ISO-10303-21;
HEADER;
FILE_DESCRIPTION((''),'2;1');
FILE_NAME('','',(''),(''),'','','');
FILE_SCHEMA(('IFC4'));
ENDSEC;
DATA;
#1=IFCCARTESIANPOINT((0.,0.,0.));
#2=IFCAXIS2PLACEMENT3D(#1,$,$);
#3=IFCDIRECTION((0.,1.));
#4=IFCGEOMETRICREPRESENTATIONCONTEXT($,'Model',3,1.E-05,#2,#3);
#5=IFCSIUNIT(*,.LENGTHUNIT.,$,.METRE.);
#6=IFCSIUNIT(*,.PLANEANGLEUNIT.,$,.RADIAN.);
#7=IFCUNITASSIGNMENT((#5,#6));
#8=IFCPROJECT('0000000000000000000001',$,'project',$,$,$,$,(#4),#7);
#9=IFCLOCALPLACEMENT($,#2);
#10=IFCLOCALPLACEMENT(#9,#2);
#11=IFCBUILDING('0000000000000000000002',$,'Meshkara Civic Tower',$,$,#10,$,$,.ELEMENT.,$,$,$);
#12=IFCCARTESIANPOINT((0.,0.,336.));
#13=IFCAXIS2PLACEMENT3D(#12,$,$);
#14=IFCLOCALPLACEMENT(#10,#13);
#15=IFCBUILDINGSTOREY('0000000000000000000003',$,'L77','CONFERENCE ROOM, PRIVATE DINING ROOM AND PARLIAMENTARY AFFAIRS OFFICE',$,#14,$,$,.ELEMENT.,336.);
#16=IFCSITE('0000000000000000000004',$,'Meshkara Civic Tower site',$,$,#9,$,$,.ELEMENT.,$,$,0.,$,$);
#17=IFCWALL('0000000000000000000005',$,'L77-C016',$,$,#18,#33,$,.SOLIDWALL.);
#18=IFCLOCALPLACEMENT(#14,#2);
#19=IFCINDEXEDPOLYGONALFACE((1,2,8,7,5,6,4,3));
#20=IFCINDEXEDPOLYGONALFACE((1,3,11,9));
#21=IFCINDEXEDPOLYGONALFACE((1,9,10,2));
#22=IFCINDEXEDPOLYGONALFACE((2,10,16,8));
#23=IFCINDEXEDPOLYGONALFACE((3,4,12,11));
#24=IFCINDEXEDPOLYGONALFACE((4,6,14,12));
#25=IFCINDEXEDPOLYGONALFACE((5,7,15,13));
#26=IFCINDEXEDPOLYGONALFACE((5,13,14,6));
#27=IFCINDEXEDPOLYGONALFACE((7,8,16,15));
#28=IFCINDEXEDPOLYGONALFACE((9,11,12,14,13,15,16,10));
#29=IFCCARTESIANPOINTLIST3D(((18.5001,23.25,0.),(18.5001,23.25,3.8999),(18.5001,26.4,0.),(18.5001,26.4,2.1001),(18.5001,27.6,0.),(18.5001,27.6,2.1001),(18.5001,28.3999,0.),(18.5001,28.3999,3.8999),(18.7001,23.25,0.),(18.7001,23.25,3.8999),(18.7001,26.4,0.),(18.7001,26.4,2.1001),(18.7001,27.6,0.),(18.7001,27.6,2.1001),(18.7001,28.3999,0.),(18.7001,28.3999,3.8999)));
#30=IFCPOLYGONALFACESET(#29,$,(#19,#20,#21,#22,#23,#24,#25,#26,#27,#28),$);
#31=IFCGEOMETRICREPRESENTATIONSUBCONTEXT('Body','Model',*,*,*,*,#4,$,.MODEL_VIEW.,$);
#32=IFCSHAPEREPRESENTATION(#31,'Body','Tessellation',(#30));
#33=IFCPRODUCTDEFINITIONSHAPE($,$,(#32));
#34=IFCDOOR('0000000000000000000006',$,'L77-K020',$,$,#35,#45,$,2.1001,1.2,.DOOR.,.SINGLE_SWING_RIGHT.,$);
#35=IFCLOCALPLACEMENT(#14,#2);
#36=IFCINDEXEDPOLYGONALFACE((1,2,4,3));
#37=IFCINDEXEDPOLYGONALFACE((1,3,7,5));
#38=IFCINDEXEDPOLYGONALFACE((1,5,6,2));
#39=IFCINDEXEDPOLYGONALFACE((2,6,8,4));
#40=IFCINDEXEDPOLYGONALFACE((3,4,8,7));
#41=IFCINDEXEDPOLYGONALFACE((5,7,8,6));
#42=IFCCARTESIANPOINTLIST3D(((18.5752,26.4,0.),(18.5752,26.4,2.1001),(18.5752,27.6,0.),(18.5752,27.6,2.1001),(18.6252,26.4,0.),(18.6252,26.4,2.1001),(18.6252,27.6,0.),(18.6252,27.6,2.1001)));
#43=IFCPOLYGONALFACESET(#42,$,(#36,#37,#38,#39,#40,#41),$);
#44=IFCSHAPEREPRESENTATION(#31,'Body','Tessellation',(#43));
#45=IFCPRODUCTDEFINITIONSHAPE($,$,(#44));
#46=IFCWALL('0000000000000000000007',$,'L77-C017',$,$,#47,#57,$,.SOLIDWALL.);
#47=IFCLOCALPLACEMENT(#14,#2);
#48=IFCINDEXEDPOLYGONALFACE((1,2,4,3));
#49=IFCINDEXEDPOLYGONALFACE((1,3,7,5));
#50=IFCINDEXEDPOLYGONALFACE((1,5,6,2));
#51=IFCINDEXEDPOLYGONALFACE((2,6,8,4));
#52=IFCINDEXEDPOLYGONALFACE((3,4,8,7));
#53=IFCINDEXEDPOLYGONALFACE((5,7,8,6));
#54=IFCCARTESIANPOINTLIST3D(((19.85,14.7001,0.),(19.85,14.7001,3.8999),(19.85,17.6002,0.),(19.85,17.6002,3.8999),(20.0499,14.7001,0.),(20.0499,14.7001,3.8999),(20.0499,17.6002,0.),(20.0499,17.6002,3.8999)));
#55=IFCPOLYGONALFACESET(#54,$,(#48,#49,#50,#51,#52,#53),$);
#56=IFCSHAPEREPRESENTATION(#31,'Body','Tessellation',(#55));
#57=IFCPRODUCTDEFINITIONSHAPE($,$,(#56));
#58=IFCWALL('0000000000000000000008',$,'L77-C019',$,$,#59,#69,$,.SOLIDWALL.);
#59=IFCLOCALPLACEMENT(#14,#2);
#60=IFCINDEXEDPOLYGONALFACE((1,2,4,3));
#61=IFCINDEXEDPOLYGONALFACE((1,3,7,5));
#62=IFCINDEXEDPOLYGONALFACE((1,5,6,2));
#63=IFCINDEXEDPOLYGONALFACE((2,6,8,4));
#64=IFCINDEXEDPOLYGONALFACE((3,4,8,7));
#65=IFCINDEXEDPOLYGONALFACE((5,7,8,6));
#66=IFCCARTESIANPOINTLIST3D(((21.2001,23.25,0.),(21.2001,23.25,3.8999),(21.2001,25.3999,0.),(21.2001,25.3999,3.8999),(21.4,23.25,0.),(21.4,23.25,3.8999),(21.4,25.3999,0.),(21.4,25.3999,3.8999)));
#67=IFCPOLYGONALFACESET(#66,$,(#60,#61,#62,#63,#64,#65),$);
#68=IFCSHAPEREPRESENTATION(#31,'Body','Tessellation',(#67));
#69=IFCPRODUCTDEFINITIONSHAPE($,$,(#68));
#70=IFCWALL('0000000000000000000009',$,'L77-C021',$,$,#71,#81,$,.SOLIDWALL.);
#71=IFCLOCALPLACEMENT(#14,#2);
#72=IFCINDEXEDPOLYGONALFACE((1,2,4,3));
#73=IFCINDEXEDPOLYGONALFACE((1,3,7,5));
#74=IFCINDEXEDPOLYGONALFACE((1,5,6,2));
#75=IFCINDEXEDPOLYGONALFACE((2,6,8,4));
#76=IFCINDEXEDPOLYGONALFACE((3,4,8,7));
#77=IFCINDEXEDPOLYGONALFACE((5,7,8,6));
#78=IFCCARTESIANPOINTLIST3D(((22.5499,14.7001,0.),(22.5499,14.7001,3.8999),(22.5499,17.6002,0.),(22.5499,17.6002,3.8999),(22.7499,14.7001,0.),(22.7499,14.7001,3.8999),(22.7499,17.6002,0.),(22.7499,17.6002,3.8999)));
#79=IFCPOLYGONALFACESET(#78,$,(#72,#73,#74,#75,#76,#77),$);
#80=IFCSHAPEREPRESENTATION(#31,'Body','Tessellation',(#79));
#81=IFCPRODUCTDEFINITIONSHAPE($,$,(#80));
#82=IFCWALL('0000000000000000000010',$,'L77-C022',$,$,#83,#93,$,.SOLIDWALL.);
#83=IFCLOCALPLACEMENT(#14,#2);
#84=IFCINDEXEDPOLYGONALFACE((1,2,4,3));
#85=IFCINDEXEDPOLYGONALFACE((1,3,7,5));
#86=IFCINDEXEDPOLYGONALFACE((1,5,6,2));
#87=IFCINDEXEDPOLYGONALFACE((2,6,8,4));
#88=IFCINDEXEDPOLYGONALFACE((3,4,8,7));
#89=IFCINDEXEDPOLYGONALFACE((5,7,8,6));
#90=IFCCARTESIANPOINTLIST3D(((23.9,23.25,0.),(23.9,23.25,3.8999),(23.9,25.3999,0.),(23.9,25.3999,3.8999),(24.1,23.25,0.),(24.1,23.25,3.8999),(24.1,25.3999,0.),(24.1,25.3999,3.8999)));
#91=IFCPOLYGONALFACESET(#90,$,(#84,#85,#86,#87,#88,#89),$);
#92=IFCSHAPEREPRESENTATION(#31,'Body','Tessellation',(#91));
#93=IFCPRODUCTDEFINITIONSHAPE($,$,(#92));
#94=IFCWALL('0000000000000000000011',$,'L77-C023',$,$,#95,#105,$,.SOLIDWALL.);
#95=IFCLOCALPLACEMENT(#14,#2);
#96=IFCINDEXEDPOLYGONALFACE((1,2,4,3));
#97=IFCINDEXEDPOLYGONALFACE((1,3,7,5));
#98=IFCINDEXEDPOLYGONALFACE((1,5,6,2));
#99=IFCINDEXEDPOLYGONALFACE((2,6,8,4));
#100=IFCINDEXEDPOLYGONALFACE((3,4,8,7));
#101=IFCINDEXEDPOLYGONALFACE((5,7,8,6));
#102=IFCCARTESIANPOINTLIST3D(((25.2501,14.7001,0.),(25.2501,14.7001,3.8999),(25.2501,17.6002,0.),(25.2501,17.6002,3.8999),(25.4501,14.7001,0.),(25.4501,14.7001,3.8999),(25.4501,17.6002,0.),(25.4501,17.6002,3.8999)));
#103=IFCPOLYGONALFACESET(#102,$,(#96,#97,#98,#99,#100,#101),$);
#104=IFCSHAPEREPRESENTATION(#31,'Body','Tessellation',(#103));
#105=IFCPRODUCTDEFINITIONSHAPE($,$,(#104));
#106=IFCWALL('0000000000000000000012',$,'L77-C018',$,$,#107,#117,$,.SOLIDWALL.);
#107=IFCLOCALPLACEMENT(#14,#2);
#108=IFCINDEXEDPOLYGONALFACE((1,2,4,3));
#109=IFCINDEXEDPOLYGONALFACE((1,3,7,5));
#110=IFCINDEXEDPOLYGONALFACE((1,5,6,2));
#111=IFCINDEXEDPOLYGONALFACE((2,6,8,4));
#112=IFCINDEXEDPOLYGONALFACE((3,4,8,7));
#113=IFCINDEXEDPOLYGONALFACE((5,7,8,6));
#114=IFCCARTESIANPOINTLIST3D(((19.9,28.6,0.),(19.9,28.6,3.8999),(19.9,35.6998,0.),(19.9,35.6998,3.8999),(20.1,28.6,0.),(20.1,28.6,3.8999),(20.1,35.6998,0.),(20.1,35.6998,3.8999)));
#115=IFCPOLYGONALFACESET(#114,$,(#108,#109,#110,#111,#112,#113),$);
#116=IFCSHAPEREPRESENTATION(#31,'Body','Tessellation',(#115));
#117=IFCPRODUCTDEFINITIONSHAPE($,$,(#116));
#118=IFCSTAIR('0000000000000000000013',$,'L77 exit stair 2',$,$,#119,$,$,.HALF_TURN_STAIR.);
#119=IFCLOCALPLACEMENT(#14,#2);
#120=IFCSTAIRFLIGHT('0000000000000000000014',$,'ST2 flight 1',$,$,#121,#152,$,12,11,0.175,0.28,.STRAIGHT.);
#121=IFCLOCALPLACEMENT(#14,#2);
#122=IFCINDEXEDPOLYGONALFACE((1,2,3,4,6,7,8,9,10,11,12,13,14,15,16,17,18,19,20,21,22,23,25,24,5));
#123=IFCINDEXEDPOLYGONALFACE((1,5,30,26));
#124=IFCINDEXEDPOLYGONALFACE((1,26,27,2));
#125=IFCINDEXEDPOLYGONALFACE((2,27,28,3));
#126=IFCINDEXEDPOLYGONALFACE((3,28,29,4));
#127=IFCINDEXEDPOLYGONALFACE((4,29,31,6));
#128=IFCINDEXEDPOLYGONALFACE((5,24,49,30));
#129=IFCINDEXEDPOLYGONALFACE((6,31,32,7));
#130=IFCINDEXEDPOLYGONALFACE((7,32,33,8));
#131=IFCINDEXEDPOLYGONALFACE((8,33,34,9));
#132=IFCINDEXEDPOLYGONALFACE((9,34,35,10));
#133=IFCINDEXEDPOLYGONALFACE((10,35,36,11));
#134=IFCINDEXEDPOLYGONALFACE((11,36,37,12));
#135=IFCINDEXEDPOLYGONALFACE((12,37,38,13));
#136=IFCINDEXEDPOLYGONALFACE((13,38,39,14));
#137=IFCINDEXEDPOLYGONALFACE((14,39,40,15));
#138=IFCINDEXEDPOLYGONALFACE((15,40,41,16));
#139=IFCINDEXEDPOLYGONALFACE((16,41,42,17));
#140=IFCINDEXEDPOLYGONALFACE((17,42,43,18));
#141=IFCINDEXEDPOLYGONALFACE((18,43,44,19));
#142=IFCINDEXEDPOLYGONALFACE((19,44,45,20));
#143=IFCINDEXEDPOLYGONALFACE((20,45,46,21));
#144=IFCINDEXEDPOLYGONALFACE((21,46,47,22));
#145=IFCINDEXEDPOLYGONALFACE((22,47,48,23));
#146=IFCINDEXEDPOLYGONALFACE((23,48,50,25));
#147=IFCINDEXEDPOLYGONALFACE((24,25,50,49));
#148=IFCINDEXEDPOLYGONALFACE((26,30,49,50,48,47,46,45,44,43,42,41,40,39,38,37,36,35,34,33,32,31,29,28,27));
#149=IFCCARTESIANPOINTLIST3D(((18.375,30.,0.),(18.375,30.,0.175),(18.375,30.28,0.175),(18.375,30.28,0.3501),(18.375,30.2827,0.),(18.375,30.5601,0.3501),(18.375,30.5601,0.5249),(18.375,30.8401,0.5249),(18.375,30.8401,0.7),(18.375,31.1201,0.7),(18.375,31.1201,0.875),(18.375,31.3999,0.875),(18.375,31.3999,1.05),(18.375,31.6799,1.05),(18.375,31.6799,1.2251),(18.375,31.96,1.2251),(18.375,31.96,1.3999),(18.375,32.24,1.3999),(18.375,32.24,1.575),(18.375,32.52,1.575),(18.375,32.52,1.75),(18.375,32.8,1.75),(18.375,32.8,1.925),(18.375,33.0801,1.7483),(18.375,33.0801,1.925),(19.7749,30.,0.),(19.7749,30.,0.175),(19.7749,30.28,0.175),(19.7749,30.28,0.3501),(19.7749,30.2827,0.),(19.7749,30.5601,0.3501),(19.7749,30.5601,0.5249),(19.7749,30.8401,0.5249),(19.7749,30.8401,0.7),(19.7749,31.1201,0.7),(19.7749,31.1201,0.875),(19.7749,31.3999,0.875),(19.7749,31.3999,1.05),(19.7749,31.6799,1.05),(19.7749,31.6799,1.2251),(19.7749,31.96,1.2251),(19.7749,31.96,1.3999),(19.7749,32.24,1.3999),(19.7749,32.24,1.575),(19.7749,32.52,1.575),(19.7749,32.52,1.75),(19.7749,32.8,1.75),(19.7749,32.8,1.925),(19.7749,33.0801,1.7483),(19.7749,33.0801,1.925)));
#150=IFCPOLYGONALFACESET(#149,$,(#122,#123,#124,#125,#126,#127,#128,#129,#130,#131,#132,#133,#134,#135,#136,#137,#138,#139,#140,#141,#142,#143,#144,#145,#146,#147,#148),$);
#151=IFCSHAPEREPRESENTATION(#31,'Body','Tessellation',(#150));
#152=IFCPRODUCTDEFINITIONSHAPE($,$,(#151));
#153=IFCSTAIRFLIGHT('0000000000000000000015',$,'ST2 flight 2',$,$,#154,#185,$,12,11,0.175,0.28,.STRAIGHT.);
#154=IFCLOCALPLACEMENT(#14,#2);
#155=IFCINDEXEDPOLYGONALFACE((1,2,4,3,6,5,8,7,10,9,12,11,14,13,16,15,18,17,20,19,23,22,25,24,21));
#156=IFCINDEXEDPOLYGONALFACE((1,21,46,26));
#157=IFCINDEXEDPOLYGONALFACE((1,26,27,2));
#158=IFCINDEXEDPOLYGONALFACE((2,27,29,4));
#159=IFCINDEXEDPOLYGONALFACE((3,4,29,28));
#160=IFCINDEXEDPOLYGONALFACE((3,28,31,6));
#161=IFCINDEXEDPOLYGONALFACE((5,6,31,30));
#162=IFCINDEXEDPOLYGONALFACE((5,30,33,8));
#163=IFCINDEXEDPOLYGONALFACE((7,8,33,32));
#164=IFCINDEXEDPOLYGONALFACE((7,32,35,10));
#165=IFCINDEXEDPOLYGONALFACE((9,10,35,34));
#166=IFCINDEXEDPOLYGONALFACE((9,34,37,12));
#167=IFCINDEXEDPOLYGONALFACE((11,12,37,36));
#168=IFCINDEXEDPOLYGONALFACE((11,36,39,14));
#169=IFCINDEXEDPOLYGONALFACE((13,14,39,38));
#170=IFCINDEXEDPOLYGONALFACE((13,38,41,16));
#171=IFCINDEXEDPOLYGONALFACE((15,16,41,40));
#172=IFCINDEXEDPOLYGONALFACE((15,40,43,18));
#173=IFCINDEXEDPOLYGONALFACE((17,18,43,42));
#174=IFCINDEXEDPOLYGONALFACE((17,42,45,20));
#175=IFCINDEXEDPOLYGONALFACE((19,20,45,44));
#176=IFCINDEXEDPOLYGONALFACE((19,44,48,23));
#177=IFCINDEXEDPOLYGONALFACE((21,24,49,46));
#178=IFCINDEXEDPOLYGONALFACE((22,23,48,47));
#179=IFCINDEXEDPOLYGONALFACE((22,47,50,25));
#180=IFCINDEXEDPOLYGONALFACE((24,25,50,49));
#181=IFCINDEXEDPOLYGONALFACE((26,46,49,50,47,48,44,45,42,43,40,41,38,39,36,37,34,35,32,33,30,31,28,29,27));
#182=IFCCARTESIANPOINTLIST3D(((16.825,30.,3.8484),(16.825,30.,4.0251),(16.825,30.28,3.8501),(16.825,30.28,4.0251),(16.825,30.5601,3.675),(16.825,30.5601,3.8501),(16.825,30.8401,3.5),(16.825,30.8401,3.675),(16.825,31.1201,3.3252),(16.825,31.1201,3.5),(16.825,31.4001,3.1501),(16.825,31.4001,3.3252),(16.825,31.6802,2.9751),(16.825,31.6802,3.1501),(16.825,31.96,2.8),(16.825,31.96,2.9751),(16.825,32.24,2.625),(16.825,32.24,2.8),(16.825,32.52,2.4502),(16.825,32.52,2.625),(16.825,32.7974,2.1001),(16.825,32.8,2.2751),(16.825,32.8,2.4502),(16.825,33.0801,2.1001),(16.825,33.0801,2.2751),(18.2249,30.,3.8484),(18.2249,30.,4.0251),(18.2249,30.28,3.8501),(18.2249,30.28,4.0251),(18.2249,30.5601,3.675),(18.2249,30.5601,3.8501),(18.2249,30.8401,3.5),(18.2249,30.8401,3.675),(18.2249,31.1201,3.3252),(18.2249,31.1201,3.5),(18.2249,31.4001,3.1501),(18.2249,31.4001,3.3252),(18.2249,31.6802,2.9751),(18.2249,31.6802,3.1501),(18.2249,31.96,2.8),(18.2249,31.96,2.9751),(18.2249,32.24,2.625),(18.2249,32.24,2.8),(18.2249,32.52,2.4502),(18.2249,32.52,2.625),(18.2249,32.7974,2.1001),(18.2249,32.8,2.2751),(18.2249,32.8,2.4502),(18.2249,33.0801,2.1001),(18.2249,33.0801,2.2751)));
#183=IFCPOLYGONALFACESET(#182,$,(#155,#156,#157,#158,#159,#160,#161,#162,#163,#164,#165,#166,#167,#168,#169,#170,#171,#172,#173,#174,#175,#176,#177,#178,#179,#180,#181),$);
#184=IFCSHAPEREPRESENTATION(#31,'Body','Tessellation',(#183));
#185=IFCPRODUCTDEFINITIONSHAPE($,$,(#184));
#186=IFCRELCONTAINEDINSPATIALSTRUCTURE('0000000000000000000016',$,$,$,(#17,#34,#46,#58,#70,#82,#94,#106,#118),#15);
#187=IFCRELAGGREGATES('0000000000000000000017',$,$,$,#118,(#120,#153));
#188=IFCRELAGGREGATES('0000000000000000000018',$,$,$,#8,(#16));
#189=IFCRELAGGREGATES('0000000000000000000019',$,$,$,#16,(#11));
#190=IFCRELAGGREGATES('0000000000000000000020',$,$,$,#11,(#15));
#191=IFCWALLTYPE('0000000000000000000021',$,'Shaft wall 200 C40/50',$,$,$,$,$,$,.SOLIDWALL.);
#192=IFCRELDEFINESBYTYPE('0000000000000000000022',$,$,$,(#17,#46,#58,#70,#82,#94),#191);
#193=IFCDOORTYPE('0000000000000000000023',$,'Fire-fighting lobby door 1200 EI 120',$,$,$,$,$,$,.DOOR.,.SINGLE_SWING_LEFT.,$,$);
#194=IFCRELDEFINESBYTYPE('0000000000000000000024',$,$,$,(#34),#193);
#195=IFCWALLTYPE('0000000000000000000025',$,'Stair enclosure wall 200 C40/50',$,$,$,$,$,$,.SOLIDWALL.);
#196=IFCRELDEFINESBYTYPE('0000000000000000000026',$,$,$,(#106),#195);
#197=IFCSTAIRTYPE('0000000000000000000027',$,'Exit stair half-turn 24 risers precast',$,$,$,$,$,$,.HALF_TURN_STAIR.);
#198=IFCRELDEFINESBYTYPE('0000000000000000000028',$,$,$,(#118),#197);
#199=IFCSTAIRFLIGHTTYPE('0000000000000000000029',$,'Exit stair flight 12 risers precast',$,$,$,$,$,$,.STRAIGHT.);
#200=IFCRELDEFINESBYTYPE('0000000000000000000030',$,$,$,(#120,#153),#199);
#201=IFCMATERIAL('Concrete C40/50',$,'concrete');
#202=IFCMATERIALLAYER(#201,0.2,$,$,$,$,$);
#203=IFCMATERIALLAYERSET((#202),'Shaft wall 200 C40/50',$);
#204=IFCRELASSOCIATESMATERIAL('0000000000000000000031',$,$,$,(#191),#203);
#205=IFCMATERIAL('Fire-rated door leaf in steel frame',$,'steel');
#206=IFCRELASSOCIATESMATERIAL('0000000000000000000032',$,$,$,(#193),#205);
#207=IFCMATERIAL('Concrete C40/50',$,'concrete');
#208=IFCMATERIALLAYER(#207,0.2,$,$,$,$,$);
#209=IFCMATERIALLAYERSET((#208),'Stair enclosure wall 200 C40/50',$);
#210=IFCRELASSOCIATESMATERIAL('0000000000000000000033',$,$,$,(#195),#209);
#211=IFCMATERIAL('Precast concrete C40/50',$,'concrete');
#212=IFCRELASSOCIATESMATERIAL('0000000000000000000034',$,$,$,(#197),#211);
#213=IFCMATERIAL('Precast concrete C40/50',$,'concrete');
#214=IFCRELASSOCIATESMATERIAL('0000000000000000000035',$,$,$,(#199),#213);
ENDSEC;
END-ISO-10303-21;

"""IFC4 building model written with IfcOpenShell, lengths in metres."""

from ifc_helpers import new_model, si_unit, direction, frame, frame_2d, origin, place, context, subcontext, project, spatial, polyline, rectangle, outline, extrude, material, layer, layer_set, type_object, element, fill, aggregate, save


model = new_model("IFC4")

# Units and contexts
model_context = context("Model", 3, precision=1e-05, world=origin(), true_north=direction((0.0, 1.0)))
body_context = subcontext(model_context, "Body", "Model", "MODEL_VIEW")
ifc_project = project(units=[si_unit("LENGTHUNIT", "METRE"), si_unit("PLANEANGLEUNIT", "RADIAN")], contexts=[model_context])

# Site, building, storey
site_placement = place(None, origin())
site = spatial("IfcSite", under=ifc_project, at=site_placement, Name="Meshkara Civic Tower site", CompositionType="ELEMENT", RefElevation=0.0)
building_placement = place(site_placement, origin())
building = spatial("IfcBuilding", under=site, at=building_placement, Name="Meshkara Civic Tower", CompositionType="ELEMENT")
storey_placement = place(building_placement, frame((0.0, 0.0, 336.0)))
storey = spatial("IfcBuildingStorey", under=building, at=storey_placement, Name="L77", Description="CONFERENCE ROOM, PRIVATE DINING ROOM AND PARLIAMENTARY AFFAIRS OFFICE", CompositionType="ELEMENT", Elevation=336.0)

# Shared definitions
ifc_material_1 = material(Name="Concrete C40/50", Category="concrete")
ifc_layer_1 = layer(ifc_material_1, 0.2)
ifc_layer_set_1 = layer_set([ifc_layer_1], Name="Shaft wall 200 C40/50")
wall_type_1 = type_object("IfcWallType", Name="Shaft wall 200 C40/50", PredefinedType="SOLIDWALL", material=ifc_layer_set_1)

# Wall, opening, door
wall_1_placement = place(storey_placement, frame((18.6001, 23.25, 0.0), z_axis=(0.0, 0.0, 1.0), x_axis=(0.0, 1.0, 0.0)))
wall_1 = element("IfcWall", 1, at=wall_1_placement, inside=storey, type_object=wall_type_1, Name="L77-C016", PredefinedType="SOLIDWALL", context=body_context, shape_type="SweptSolid", body=[
    extrude(rectangle(XDim=5.1499, YDim=0.2, at=frame_2d((2.575, 0.0))), origin(), (0.0, 0.0, 1.0), 3.8999),
])
opening_1_placement = place(wall_1_placement, frame((3.1499, 0.0, 0.0)))
opening_1 = element("IfcOpeningElement", 2, at=opening_1_placement, cuts=wall_1, PredefinedType="OPENING", context=body_context, shape_type="SweptSolid", body=[
    extrude(rectangle(XDim=1.2, YDim=2.1001, at=frame_2d((0.6001, 1.05))), frame((0.0, 0.1099, 0.0), z_axis=(0.0, -1.0, 0.0), x_axis=(1.0, 0.0, 0.0)), (0.0, 0.0, 1.0), 0.22),
])
ifc_material_2 = material(Name="Fire-rated door leaf in steel frame", Category="steel")
door_type_1 = type_object("IfcDoorType", Name="Fire-fighting lobby door 1200 EI 120", OperationType="SINGLE_SWING_LEFT", PredefinedType="DOOR", material=ifc_material_2)
door_1_placement = place(opening_1_placement, origin())
door_1 = element("IfcDoor", 3, at=door_1_placement, inside=storey, type_object=door_type_1, Name="L77-K020", OperationType="SINGLE_SWING_RIGHT", OverallHeight=2.1001, OverallWidth=1.2, PredefinedType="DOOR", context=body_context, shape_type="SweptSolid", body=[
    extrude(rectangle(XDim=1.2, YDim=2.1001, at=frame_2d((0.6001, 1.05))), frame((0.0, 0.0249, 0.0), z_axis=(0.0, -1.0, 0.0), x_axis=(1.0, 0.0, 0.0)), (0.0, 0.0, 1.0), 0.05),
])
fill(opening_1, door_1)

# Walls
wall_2_placement = place(storey_placement, frame((19.95, 14.7, 0.0), z_axis=(0.0, 0.0, 1.0), x_axis=(0.0, 1.0, 0.0)))
element("IfcWall", 4, at=wall_2_placement, inside=storey, type_object=wall_type_1, Name="L77-C017", PredefinedType="SOLIDWALL", context=body_context, shape_type="SweptSolid", body=[
    extrude(rectangle(XDim=2.9001, YDim=0.2, at=frame_2d((1.4502, 0.0))), origin(), (0.0, 0.0, 1.0), 3.8999),
])
wall_3_placement = place(storey_placement, frame((21.3, 23.25, 0.0), z_axis=(0.0, 0.0, 1.0), x_axis=(0.0, 1.0, 0.0)))
element("IfcWall", 5, at=wall_3_placement, inside=storey, type_object=wall_type_1, Name="L77-C019", PredefinedType="SOLIDWALL", context=body_context, shape_type="SweptSolid", body=[
    extrude(rectangle(XDim=2.1499, YDim=0.2, at=frame_2d((1.075, 0.0))), origin(), (0.0, 0.0, 1.0), 3.8999),
])
wall_4_placement = place(storey_placement, frame((22.6499, 14.7, 0.0), z_axis=(0.0, 0.0, 1.0), x_axis=(0.0, 1.0, 0.0)))
element("IfcWall", 6, at=wall_4_placement, inside=storey, type_object=wall_type_1, Name="L77-C021", PredefinedType="SOLIDWALL", context=body_context, shape_type="SweptSolid", body=[
    extrude(rectangle(XDim=2.9001, YDim=0.2, at=frame_2d((1.4502, 0.0))), origin(), (0.0, 0.0, 1.0), 3.8999),
])
wall_5_placement = place(storey_placement, frame((24.0, 23.25, 0.0), z_axis=(0.0, 0.0, 1.0), x_axis=(0.0, 1.0, 0.0)))
element("IfcWall", 7, at=wall_5_placement, inside=storey, type_object=wall_type_1, Name="L77-C022", PredefinedType="SOLIDWALL", context=body_context, shape_type="SweptSolid", body=[
    extrude(rectangle(XDim=2.1499, YDim=0.2, at=frame_2d((1.075, 0.0))), origin(), (0.0, 0.0, 1.0), 3.8999),
])
wall_6_placement = place(storey_placement, frame((25.3501, 14.7, 0.0), z_axis=(0.0, 0.0, 1.0), x_axis=(0.0, 1.0, 0.0)))
element("IfcWall", 8, at=wall_6_placement, inside=storey, type_object=wall_type_1, Name="L77-C023", PredefinedType="SOLIDWALL", context=body_context, shape_type="SweptSolid", body=[
    extrude(rectangle(XDim=2.9001, YDim=0.2, at=frame_2d((1.4502, 0.0))), origin(), (0.0, 0.0, 1.0), 3.8999),
])
ifc_material_3 = material(Name="Concrete C40/50", Category="concrete")
ifc_layer_2 = layer(ifc_material_3, 0.2)
ifc_layer_set_2 = layer_set([ifc_layer_2], Name="Stair enclosure wall 200 C40/50")
wall_type_2 = type_object("IfcWallType", Name="Stair enclosure wall 200 C40/50", PredefinedType="SOLIDWALL", material=ifc_layer_set_2)
wall_7_placement = place(storey_placement, frame((20.0, 28.6001, 0.0), z_axis=(0.0, 0.0, 1.0), x_axis=(0.0, 1.0, 0.0)))
element("IfcWall", 9, at=wall_7_placement, inside=storey, type_object=wall_type_2, Name="L77-C018", PredefinedType="SOLIDWALL", context=body_context, shape_type="SweptSolid", body=[
    extrude(rectangle(XDim=7.0999, YDim=0.2, at=frame_2d((3.5498, 0.0))), origin(), (0.0, 0.0, 1.0), 3.8999),
])

# Stair, stair flights
ifc_material_4 = material(Name="Precast concrete C40/50", Category="concrete")
stair_type = type_object("IfcStairType", Name="Exit stair half-turn 24 risers precast", PredefinedType="HALF_TURN_STAIR", material=ifc_material_4)
stair_placement = place(storey_placement, origin())
stair = element("IfcStair", 10, at=stair_placement, inside=storey, type_object=stair_type, Name="L77 exit stair 2", PredefinedType="HALF_TURN_STAIR")
ifc_material_5 = material(Name="Precast concrete C40/50", Category="concrete")
stair_flight_type = type_object("IfcStairFlightType", Name="Exit stair flight 12 risers precast", PredefinedType="STRAIGHT", material=ifc_material_5)
stair_flight_1_placement = place(storey_placement, frame((19.075, 30.0, 0.0), z_axis=(0.0, 0.0, 1.0), x_axis=(0.0, 1.0, 0.0)))
stair_flight_1 = element("IfcStairFlight", 11, at=stair_flight_1_placement, type_object=stair_flight_type, Name="ST2 flight 1", NumberOfRisers=12, NumberOfTreads=11, PredefinedType="STRAIGHT", RiserHeight=0.175, TreadLength=0.28, context=body_context, shape_type="SweptSolid", body=[
    extrude(outline(polyline([(0.0, 0.0), (0.0, 0.175), (0.28, 0.175), (0.28, 0.3501), (0.5601, 0.3501), (0.5601, 0.5249), (0.8401, 0.5249), (0.8401, 0.7), (1.1201, 0.7), (1.1201, 0.875), (1.3999, 0.875), (1.3999, 1.05), (1.6799, 1.05), (1.6799, 1.2251), (1.96, 1.2251), (1.96, 1.3999), (2.24, 1.3999), (2.24, 1.575), (2.52, 1.575), (2.52, 1.75), (2.8, 1.75), (2.8, 1.925), (3.0801, 1.925), (3.0801, 2.1001), (3.0801, 1.7483), (0.2827, 0.0), (0.0, 0.0)])), frame((0.0, 0.7, 0.0), z_axis=(0.0, -1.0, 0.0), x_axis=(1.0, 0.0, 0.0)), (0.0, 0.0, 1.0), 1.3999),
])
stair_flight_2_placement = place(storey_placement, frame((17.5249, 33.0801, 2.1001), z_axis=(0.0, 0.0, 1.0), x_axis=(0.0, -1.0, 0.0)))
stair_flight_2 = element("IfcStairFlight", 12, at=stair_flight_2_placement, type_object=stair_flight_type, Name="ST2 flight 2", NumberOfRisers=12, NumberOfTreads=11, PredefinedType="STRAIGHT", RiserHeight=0.175, TreadLength=0.28, context=body_context, shape_type="SweptSolid", body=[
    extrude(outline(polyline([(0.0, 0.0), (0.0, 0.175), (0.28, 0.175), (0.28, 0.3501), (0.5601, 0.3501), (0.5601, 0.5249), (0.8401, 0.5249), (0.8401, 0.7), (1.1201, 0.7), (1.1201, 0.875), (1.3999, 0.875), (1.3999, 1.05), (1.6799, 1.05), (1.6799, 1.2251), (1.96, 1.2251), (1.96, 1.3999), (2.24, 1.3999), (2.24, 1.575), (2.52, 1.575), (2.52, 1.75), (2.8, 1.75), (2.8, 1.925), (3.0801, 1.925), (3.0801, 2.1001), (3.0801, 1.7483), (0.2827, 0.0), (0.0, 0.0)])), frame((0.0, 0.7, 0.0), z_axis=(0.0, -1.0, 0.0), x_axis=(1.0, 0.0, 0.0)), (0.0, 0.0, 1.0), 1.3999),
])
aggregate(stair, [stair_flight_1, stair_flight_2])

save(model, "model.ifc")
